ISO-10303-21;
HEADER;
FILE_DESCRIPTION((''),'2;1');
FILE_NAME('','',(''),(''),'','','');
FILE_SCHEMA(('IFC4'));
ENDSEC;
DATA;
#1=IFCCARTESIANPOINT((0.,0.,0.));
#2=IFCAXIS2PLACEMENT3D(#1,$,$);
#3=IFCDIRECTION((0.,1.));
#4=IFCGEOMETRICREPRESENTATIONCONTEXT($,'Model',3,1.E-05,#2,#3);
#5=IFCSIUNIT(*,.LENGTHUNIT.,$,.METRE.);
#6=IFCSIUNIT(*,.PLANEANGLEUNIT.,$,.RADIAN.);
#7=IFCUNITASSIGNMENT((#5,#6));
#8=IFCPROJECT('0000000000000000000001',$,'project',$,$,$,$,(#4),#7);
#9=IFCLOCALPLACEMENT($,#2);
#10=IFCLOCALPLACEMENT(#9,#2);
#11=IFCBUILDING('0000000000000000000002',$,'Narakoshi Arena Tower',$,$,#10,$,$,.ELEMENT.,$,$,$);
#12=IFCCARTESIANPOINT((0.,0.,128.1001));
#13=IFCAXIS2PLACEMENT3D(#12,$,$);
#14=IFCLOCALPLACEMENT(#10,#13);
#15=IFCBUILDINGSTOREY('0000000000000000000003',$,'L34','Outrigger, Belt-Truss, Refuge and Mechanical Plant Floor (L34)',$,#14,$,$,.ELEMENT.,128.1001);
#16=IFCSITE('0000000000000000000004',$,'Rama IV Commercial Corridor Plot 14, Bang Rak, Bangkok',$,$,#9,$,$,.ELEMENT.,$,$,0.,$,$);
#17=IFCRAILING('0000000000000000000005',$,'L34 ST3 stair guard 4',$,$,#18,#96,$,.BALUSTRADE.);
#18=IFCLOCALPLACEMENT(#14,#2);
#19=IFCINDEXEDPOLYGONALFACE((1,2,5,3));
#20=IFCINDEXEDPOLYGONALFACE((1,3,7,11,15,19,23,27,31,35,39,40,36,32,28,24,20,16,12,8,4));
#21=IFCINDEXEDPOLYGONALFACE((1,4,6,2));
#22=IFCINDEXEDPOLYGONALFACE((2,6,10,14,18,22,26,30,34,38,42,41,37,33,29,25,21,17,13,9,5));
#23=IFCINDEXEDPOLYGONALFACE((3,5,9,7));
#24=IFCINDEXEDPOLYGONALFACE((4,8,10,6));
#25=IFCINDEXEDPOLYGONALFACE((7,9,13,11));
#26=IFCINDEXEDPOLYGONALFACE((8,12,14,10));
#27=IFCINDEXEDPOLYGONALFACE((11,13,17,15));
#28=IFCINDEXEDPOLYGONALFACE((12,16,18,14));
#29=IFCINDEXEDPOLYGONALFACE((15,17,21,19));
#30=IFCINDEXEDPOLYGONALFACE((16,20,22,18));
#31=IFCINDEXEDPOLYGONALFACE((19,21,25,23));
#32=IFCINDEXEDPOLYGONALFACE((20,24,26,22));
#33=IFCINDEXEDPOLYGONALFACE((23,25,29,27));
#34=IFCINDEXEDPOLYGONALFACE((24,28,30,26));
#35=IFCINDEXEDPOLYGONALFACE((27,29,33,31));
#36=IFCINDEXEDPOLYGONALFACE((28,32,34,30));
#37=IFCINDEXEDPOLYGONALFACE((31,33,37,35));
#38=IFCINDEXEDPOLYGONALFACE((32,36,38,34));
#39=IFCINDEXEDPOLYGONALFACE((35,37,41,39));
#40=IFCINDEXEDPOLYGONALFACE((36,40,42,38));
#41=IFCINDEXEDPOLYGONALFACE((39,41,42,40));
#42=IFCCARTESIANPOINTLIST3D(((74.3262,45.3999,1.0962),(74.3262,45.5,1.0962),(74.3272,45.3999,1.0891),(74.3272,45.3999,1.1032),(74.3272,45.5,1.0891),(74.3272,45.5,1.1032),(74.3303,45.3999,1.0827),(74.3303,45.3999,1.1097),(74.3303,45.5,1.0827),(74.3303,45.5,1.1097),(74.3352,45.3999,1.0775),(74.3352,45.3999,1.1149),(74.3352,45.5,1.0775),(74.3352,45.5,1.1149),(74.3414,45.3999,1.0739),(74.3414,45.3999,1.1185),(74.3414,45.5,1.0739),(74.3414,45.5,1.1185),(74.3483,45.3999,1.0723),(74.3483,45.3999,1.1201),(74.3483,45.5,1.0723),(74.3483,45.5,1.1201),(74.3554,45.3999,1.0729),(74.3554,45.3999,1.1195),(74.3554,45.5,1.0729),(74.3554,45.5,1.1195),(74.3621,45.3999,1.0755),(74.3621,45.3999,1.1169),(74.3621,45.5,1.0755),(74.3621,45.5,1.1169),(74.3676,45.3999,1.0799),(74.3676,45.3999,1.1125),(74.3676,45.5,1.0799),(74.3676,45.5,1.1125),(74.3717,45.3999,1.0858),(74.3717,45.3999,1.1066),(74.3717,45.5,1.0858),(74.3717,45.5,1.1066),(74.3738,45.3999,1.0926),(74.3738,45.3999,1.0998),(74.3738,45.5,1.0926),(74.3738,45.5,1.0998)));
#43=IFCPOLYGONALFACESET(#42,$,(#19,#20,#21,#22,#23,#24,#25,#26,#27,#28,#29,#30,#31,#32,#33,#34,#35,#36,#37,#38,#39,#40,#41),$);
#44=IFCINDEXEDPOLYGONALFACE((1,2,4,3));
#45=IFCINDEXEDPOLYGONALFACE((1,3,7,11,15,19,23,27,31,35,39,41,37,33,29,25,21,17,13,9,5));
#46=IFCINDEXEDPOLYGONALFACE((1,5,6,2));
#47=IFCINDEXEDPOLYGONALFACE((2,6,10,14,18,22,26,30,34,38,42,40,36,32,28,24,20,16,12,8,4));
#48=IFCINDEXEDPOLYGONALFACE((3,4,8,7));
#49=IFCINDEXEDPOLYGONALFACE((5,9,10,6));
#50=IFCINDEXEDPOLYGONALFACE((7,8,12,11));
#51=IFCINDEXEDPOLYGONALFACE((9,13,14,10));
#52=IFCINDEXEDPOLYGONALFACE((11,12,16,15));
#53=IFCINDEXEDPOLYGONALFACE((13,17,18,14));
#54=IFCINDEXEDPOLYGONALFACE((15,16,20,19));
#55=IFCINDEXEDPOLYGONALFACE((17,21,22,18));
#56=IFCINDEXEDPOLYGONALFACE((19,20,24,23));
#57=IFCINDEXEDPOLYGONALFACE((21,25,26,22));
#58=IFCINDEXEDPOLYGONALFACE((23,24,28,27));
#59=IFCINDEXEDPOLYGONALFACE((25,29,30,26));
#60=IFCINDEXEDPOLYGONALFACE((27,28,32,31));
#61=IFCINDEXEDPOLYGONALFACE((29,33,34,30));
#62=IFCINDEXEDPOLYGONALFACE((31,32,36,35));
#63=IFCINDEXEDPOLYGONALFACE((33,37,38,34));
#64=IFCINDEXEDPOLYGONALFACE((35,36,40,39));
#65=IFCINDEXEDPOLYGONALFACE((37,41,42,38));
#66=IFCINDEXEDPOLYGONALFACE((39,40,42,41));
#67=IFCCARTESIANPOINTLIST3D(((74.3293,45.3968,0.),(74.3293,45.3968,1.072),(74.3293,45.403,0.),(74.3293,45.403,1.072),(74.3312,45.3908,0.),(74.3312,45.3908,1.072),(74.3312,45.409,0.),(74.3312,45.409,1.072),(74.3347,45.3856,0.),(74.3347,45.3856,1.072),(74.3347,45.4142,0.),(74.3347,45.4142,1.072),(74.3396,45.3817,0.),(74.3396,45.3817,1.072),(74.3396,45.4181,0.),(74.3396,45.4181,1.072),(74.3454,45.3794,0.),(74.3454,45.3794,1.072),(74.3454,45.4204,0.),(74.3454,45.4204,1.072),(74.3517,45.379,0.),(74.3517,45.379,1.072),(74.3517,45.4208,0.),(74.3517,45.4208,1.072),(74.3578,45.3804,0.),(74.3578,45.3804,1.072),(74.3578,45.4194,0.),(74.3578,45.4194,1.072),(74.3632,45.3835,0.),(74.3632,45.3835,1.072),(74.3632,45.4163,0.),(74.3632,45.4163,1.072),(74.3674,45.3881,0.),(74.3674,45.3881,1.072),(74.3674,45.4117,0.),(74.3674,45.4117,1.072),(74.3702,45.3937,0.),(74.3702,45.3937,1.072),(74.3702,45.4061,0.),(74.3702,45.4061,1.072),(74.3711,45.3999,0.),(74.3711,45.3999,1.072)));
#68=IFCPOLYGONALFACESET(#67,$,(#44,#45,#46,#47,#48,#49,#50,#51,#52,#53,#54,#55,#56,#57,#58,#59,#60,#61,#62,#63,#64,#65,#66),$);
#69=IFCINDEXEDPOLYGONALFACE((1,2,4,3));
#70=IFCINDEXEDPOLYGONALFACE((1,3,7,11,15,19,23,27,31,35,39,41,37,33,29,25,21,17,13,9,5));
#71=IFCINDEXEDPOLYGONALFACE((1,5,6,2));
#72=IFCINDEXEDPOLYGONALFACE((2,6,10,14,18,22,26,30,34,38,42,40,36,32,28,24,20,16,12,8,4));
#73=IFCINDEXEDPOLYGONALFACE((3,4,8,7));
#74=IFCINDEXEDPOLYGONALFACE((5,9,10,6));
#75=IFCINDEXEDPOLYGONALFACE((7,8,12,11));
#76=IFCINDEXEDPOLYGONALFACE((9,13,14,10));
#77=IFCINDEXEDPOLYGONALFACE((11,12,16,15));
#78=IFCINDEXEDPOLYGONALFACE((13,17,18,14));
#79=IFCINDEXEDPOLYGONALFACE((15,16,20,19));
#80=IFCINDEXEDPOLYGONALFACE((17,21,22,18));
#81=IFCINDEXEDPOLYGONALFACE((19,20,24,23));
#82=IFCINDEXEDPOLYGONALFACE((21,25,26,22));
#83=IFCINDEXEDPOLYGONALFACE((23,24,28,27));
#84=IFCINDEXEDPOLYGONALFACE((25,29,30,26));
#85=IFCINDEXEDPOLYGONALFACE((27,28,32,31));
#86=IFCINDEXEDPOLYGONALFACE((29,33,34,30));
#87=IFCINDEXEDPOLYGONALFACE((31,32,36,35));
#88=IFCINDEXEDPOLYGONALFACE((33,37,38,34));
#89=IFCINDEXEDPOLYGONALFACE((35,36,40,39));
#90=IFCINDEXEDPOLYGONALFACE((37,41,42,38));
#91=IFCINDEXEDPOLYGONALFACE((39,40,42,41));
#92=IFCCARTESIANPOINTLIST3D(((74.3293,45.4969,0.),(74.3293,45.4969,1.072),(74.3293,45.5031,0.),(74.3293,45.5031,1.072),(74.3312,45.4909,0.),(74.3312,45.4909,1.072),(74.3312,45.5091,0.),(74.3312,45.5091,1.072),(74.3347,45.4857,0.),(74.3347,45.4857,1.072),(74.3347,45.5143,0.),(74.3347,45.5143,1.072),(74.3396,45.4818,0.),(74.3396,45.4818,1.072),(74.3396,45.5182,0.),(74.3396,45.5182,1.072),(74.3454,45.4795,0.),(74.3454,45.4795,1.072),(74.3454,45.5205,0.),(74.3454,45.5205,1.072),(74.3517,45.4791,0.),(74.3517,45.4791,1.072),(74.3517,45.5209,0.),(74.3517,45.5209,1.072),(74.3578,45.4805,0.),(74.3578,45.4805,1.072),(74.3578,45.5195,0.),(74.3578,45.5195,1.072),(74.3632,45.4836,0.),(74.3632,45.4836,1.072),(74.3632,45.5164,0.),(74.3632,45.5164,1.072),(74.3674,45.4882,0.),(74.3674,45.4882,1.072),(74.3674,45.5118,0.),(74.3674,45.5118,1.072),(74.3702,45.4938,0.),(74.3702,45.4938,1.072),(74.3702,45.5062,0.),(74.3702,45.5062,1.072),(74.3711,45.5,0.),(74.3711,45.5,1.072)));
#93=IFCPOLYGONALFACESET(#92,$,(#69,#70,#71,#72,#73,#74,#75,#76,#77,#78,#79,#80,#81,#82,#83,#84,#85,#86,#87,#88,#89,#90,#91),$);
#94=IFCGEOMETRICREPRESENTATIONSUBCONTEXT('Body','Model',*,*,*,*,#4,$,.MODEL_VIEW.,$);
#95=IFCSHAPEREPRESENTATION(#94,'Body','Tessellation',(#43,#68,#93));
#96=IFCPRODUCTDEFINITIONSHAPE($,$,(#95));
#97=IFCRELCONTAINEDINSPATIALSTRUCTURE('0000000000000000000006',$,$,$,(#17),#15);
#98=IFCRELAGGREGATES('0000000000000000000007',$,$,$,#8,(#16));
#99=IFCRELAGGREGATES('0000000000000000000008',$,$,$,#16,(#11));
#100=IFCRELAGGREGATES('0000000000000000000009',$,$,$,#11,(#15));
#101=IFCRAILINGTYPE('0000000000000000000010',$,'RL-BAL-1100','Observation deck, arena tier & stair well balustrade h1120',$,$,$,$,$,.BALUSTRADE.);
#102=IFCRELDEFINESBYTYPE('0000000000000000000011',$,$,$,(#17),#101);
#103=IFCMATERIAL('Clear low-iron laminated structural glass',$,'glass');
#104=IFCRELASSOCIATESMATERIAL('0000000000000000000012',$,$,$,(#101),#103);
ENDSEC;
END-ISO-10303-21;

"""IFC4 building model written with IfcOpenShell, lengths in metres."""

from ifc_helpers import new_model, si_unit, direction, frame, origin, origin_2d, place, context, subcontext, project, spatial, circle, extrude, material, type_object, element, save


model = new_model("IFC4")

# Units and contexts
model_context = context("Model", 3, precision=1e-05, world=origin(), true_north=direction((0.0, 1.0)))
body_context = subcontext(model_context, "Body", "Model", "MODEL_VIEW")
ifc_project = project(units=[si_unit("LENGTHUNIT", "METRE"), si_unit("PLANEANGLEUNIT", "RADIAN")], contexts=[model_context])

# Site, building, storey
site_placement = place(None, origin())
site = spatial("IfcSite", under=ifc_project, at=site_placement, Name="Rama IV Commercial Corridor Plot 14, Bang Rak, Bangkok", CompositionType="ELEMENT", RefElevation=0.0)
building_placement = place(site_placement, origin())
building = spatial("IfcBuilding", under=site, at=building_placement, Name="Narakoshi Arena Tower", CompositionType="ELEMENT")
storey_placement = place(building_placement, frame((0.0, 0.0, 128.1001)))
storey = spatial("IfcBuildingStorey", under=building, at=storey_placement, Name="L34", Description="Outrigger, Belt-Truss, Refuge and Mechanical Plant Floor (L34)", CompositionType="ELEMENT", Elevation=128.1001)

# Railing
ifc_material_1 = material(Name="Clear low-iron laminated structural glass", Category="glass")
railing_type_1 = type_object("IfcRailingType", Name="RL-BAL-1100", Description="Observation deck, arena tier & stair well balustrade h1120", PredefinedType="BALUSTRADE", material=ifc_material_1)
railing_1_placement = place(storey_placement, frame((74.3501, 45.3999, 0.0)))
element("IfcRailing", 1, at=railing_1_placement, inside=storey, type_object=railing_type_1, Name="L34 ST3 stair guard 4", PredefinedType="BALUSTRADE", context=body_context, shape_type="SweptSolid", body=[
    extrude(circle(Radius=0.0239, at=origin_2d()), frame((0.0, 0.0, 1.0962), z_axis=(0.0, 1.0, 0.0), x_axis=(-1.0, 0.0, 0.0)), (0.0, 0.0, 1.0), 0.1001),
    extrude(circle(Radius=0.021, at=origin_2d()), origin(), (0.0, 0.0, 1.0), 1.072),
    extrude(circle(Radius=0.021, at=origin_2d()), frame((0.0, 0.1001, 0.0)), (0.0, 0.0, 1.0), 1.072),
])

save(model, "model.ifc")
